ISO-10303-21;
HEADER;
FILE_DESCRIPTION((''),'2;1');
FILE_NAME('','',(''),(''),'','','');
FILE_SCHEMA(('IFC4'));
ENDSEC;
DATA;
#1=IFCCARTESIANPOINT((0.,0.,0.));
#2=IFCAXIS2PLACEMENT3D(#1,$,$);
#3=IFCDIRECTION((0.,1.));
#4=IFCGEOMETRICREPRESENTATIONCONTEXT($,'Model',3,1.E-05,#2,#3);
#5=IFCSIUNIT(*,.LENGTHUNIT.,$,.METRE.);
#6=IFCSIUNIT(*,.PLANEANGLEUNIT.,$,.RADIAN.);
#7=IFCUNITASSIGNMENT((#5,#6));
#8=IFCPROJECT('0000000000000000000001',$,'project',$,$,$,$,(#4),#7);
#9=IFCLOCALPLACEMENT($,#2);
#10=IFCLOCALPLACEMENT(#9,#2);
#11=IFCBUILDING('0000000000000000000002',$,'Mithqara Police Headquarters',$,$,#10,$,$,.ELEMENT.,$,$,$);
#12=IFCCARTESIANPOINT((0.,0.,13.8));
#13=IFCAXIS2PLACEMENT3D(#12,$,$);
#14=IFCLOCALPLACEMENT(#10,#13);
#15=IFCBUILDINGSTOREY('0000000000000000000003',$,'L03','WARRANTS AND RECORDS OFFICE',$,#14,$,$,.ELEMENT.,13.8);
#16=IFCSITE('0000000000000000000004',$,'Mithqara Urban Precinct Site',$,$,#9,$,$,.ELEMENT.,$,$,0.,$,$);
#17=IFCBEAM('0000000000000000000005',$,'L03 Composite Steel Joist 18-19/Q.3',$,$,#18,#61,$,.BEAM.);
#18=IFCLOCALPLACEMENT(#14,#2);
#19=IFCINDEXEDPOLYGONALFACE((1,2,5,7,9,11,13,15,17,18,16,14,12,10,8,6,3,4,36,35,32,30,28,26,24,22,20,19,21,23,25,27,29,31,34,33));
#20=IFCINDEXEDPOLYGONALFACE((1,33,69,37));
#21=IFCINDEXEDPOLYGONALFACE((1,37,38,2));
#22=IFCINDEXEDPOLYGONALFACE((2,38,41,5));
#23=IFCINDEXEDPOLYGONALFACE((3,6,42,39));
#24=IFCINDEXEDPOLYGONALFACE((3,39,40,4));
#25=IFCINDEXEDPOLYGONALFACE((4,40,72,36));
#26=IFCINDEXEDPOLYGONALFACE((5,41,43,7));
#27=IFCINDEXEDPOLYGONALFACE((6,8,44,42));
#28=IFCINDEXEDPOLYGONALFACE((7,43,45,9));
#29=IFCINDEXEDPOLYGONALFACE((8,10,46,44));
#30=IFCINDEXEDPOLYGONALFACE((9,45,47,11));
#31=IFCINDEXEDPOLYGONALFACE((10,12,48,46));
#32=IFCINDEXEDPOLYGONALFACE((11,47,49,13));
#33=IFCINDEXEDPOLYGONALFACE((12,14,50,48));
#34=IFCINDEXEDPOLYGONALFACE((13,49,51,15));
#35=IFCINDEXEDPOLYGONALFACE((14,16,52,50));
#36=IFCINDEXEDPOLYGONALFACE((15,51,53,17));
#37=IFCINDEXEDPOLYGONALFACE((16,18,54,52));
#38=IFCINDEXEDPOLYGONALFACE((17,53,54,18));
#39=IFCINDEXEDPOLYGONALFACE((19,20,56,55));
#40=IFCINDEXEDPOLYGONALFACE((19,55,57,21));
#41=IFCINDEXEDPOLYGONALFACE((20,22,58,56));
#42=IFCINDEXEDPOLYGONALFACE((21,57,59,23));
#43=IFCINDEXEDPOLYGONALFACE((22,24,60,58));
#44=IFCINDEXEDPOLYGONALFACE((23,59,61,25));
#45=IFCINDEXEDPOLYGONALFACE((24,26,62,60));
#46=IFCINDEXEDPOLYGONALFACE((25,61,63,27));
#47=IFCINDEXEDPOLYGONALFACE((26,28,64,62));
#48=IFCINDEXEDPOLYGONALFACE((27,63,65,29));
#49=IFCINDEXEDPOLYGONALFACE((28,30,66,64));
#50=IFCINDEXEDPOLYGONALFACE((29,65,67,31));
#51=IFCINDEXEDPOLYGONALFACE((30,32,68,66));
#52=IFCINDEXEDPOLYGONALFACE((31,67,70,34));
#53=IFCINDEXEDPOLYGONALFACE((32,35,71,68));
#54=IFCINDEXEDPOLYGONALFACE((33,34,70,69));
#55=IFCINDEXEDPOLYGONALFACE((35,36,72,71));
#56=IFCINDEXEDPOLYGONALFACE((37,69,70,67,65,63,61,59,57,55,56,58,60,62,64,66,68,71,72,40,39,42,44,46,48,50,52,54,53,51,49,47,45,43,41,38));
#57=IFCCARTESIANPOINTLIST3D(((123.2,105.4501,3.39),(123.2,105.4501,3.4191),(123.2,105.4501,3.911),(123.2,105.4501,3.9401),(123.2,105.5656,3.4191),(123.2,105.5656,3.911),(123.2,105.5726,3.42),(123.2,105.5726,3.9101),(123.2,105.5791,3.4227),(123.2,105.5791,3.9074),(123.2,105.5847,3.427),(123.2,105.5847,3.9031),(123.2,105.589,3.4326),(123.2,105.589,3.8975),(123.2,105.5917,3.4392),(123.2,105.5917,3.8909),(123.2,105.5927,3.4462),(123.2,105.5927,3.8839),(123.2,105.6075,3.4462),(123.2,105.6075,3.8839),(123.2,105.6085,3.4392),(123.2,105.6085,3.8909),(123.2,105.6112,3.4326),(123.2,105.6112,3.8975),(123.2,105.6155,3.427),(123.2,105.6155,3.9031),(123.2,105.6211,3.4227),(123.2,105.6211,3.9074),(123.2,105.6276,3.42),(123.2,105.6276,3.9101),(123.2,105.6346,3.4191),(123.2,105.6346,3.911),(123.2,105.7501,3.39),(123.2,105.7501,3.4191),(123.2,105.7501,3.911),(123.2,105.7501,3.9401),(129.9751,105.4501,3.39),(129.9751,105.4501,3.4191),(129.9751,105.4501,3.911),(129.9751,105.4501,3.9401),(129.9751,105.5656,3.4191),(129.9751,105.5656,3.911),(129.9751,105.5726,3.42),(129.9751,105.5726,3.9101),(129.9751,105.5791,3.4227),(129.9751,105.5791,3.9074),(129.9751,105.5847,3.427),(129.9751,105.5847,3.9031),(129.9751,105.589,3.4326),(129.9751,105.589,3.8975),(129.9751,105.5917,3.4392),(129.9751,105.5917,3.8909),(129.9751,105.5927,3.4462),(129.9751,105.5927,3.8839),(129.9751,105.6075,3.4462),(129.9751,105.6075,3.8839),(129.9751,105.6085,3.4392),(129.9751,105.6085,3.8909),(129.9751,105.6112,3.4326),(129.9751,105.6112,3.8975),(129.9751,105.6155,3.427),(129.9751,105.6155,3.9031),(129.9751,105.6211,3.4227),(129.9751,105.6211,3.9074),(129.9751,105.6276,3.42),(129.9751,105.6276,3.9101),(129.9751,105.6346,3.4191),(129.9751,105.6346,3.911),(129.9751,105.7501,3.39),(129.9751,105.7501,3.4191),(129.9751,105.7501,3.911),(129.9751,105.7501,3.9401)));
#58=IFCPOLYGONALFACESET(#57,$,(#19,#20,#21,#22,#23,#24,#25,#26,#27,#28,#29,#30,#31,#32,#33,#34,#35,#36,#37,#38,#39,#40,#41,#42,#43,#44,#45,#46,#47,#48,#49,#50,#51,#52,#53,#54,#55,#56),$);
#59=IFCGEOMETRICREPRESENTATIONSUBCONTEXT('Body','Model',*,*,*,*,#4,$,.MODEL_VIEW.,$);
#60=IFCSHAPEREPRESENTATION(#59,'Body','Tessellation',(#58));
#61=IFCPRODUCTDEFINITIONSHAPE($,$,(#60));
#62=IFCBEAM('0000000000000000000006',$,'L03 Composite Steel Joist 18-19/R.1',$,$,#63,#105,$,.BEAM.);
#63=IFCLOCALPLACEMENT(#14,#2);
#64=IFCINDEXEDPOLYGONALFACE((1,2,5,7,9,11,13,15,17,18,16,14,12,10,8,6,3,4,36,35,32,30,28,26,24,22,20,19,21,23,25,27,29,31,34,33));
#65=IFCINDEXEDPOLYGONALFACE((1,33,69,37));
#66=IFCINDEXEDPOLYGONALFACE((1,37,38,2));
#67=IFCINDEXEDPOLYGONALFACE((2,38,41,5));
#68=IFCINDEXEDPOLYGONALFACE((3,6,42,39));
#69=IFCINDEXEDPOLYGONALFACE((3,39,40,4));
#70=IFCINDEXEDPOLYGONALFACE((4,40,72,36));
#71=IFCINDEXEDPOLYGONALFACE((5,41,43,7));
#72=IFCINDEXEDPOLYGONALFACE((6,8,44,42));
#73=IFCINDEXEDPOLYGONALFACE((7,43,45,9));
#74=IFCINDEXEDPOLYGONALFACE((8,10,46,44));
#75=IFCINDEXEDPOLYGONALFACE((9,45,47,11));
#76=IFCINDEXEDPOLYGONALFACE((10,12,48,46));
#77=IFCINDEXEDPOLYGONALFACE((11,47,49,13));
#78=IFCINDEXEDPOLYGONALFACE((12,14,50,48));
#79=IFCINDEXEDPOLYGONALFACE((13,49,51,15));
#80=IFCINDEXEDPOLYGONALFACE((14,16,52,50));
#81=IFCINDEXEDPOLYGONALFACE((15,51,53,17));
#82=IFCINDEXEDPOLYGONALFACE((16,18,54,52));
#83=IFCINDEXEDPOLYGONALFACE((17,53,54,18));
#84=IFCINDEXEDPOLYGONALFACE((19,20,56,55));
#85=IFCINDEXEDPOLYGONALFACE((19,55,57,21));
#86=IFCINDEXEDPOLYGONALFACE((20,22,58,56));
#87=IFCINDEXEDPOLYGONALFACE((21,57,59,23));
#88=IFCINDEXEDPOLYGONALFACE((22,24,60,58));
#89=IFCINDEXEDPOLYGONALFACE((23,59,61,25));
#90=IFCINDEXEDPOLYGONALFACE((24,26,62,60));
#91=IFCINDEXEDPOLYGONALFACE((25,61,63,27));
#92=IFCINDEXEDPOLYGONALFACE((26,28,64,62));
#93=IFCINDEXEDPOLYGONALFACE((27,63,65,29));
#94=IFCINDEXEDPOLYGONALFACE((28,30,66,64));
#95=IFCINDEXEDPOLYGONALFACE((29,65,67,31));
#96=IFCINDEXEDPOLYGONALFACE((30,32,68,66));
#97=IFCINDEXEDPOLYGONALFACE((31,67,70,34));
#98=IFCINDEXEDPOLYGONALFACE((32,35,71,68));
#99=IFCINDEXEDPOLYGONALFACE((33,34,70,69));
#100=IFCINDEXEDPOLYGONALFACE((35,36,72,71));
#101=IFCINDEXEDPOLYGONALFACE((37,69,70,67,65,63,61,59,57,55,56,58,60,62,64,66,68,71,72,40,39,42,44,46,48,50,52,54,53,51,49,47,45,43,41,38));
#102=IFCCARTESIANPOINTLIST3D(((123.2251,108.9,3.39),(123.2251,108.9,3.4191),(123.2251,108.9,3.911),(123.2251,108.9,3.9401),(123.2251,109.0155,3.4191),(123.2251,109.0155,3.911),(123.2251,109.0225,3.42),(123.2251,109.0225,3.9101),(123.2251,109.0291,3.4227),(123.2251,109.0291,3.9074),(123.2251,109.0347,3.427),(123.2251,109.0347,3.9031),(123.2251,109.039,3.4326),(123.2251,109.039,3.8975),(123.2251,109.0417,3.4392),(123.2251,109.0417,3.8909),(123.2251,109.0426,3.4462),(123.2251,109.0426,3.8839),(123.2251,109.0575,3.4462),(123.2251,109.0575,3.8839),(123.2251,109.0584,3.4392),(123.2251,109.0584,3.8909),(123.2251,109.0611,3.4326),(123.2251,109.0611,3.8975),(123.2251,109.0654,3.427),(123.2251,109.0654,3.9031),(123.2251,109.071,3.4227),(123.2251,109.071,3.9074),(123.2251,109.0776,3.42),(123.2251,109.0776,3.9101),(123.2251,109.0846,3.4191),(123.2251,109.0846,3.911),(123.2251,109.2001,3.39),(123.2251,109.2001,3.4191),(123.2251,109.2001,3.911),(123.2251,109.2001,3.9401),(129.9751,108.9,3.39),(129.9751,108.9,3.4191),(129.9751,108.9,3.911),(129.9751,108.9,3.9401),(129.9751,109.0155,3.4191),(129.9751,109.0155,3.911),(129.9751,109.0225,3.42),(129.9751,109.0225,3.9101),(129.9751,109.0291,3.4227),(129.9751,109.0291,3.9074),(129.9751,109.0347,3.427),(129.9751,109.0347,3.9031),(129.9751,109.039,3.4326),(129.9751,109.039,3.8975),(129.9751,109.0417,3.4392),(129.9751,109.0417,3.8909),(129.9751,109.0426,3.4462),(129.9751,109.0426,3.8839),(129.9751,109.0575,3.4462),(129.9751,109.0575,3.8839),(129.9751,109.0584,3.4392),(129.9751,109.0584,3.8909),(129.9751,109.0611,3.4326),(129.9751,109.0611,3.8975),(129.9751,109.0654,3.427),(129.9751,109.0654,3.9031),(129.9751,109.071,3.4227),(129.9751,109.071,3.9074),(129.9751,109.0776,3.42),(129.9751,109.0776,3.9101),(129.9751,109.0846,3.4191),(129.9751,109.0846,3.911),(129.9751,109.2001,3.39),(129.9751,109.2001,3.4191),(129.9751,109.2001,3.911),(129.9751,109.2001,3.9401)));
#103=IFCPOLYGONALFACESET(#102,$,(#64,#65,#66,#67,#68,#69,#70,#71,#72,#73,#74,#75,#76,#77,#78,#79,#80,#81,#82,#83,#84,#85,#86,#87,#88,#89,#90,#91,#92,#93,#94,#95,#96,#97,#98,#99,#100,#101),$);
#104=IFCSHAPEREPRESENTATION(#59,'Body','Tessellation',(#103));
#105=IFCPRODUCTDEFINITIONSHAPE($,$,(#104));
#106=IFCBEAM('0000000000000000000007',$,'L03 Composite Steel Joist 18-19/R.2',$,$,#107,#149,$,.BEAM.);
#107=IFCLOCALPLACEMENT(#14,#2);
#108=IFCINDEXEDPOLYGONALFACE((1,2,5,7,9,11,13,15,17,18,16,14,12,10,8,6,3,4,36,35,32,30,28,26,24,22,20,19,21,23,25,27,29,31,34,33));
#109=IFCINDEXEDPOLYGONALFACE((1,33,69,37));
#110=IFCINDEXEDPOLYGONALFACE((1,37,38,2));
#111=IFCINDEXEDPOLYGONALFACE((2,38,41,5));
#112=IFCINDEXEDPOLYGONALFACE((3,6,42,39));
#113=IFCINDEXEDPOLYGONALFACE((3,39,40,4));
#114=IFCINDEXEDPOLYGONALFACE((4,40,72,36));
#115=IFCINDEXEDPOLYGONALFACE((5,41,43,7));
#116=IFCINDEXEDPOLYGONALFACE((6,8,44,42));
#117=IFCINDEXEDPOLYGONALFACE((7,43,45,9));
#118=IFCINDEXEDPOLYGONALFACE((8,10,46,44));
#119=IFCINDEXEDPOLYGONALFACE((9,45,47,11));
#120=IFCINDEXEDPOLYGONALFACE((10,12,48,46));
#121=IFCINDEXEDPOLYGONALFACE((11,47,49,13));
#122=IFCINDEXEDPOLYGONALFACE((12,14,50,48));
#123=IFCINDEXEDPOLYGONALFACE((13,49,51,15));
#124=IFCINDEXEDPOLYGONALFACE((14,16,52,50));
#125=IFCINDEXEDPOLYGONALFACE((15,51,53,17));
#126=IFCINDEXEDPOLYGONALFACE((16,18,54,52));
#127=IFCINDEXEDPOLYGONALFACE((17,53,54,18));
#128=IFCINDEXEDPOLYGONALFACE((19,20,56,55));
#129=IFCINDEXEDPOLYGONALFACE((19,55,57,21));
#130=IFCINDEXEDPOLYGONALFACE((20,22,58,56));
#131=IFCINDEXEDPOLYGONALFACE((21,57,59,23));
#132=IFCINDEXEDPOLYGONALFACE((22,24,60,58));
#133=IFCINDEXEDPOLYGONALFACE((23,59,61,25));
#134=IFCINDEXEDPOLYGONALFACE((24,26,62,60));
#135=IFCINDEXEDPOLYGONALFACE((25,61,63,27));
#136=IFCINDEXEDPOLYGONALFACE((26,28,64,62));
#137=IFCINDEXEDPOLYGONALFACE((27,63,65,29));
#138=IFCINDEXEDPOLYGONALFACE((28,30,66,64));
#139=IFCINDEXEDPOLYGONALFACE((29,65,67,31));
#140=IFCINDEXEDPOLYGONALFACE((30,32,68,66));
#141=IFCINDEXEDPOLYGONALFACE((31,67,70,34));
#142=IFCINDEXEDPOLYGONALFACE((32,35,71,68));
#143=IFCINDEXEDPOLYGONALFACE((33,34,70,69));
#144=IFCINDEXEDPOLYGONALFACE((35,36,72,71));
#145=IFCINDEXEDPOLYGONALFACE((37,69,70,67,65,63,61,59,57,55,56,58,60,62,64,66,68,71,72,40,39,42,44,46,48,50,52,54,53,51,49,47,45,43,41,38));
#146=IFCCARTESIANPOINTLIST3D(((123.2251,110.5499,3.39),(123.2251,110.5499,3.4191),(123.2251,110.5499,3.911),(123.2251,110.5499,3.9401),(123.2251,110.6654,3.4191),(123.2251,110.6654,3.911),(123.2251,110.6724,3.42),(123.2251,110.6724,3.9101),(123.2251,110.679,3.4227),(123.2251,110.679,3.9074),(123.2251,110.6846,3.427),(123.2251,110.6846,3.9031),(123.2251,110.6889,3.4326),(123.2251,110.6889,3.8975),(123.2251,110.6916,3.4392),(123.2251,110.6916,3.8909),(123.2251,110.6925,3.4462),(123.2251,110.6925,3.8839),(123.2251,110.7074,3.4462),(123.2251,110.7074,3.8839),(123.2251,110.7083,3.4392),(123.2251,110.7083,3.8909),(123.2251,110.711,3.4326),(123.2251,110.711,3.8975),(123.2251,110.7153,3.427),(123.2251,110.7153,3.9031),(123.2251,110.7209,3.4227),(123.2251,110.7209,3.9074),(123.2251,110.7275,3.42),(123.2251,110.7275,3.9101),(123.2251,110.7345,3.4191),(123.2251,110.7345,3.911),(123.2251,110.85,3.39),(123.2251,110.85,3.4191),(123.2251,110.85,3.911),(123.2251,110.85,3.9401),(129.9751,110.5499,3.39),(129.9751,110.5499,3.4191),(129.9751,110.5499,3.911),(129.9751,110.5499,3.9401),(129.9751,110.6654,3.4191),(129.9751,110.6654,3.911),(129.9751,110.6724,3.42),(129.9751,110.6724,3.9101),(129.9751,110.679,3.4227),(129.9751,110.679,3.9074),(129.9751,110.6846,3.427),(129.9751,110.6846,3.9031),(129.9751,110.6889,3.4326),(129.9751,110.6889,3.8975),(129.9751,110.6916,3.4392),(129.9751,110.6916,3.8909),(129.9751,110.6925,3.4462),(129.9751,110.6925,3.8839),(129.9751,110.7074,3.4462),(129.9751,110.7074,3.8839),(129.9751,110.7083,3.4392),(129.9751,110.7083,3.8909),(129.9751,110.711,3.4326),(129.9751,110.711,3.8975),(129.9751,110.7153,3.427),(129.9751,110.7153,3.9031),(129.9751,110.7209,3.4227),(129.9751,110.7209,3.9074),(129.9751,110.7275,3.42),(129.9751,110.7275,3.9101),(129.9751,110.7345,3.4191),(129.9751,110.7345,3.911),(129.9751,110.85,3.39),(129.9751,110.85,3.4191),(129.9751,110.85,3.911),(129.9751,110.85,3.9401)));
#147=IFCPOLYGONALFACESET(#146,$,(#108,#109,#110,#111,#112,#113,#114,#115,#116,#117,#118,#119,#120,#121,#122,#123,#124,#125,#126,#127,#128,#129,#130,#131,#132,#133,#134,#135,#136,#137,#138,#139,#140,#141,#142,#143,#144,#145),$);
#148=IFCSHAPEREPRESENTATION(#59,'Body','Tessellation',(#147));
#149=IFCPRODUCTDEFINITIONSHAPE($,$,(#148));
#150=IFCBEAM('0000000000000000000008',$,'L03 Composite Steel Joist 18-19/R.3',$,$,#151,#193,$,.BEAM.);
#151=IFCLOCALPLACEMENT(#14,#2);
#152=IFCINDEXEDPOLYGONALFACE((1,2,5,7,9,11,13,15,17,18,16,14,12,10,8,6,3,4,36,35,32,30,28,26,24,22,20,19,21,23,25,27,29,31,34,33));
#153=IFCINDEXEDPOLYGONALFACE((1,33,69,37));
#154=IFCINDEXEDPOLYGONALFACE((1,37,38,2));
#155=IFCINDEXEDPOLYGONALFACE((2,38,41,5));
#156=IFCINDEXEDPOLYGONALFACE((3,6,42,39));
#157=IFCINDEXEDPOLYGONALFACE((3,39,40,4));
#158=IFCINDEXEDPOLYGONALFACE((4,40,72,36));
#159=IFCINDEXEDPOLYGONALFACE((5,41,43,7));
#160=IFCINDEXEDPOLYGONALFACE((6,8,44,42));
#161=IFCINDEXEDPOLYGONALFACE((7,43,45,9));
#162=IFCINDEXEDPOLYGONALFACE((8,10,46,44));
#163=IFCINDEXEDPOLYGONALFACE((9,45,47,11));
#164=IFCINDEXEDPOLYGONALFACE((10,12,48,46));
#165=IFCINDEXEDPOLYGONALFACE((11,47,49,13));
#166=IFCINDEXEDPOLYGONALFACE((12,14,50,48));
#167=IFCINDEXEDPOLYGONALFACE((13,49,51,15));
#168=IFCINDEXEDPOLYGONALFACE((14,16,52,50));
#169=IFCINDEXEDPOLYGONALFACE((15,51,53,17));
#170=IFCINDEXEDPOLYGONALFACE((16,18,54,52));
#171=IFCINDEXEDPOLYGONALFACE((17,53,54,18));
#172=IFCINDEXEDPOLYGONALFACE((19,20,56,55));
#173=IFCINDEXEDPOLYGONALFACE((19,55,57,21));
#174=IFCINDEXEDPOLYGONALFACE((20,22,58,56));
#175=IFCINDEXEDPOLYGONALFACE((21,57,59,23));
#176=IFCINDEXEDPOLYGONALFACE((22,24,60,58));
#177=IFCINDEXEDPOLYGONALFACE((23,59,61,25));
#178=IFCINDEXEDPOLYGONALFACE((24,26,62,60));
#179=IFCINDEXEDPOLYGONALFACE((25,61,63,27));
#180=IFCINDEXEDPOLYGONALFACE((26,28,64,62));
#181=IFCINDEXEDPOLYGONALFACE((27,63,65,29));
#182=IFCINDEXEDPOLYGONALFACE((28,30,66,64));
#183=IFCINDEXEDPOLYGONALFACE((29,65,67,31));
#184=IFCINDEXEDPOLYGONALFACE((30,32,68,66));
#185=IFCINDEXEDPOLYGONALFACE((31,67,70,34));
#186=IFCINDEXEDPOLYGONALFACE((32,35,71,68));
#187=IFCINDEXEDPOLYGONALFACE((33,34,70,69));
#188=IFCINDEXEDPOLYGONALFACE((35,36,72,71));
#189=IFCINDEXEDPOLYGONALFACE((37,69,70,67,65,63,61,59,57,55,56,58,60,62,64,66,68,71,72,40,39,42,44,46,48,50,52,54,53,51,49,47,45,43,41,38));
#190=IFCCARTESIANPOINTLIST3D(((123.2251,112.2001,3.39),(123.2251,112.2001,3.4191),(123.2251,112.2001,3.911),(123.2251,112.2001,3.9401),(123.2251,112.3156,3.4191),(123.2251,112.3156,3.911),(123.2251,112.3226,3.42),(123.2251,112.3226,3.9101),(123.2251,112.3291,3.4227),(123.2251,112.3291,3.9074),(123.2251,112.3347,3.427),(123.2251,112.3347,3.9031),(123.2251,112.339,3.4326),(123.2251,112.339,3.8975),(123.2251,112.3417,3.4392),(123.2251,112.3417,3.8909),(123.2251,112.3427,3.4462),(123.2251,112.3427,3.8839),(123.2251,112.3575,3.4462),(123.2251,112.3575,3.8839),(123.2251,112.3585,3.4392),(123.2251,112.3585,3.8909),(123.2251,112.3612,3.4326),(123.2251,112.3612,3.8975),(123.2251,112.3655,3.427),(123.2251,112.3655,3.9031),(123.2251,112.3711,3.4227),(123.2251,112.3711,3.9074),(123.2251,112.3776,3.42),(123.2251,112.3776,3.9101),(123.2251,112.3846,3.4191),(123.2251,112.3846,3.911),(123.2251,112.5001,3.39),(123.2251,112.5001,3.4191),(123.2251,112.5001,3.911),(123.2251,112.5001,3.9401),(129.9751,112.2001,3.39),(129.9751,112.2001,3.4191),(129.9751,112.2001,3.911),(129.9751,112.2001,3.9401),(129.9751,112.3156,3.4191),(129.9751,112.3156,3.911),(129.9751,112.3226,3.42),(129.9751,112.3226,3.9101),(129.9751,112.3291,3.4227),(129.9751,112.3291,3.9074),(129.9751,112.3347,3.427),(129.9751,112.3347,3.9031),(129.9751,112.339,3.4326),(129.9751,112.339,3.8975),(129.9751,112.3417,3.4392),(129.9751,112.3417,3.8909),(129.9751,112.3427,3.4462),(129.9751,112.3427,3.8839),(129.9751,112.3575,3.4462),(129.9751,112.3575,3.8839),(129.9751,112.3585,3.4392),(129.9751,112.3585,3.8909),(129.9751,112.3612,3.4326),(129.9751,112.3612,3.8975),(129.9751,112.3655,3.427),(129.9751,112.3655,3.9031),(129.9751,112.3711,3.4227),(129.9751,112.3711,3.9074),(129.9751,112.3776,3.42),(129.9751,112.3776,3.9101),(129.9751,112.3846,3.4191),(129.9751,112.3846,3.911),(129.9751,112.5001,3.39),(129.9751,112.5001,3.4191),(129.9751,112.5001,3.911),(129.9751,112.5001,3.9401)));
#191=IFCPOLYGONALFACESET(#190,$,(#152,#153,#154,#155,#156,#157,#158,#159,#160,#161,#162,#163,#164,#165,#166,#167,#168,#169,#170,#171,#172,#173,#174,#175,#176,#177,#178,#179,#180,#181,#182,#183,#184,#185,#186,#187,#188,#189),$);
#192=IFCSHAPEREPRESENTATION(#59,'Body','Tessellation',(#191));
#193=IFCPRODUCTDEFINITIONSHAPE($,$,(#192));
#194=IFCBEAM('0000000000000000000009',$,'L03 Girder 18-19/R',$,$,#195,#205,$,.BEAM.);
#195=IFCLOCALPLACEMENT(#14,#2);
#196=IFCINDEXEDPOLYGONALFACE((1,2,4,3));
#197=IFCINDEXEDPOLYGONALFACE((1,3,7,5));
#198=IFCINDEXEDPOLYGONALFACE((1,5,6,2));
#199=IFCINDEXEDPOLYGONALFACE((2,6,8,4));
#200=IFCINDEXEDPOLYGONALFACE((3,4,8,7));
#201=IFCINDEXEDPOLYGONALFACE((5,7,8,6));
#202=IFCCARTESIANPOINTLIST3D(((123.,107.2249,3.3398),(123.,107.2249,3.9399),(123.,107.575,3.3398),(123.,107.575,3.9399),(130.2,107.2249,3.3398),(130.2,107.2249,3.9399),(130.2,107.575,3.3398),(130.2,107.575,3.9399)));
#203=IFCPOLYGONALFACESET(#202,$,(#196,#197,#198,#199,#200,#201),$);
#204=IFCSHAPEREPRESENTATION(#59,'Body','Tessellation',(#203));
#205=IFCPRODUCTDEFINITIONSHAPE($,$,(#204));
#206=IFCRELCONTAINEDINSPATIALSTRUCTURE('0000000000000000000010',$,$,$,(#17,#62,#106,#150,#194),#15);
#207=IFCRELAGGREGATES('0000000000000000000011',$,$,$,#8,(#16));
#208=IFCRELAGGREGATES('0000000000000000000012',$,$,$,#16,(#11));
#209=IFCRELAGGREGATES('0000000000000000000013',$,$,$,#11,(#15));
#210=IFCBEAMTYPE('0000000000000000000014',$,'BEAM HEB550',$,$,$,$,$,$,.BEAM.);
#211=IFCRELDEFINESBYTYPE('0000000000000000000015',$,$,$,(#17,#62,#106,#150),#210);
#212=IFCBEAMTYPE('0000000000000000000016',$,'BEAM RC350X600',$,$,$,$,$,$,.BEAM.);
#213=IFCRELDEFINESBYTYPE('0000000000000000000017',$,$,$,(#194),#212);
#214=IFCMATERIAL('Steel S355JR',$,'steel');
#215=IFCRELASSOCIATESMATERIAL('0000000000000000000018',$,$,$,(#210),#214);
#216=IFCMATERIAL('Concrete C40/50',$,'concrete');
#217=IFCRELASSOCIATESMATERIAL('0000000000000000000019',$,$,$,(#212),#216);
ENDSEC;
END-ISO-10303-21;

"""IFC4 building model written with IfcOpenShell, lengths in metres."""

from ifc_helpers import new_model, si_unit, direction, frame, origin, origin_2d, place, context, subcontext, project, spatial, rectangle, i_section, extrude, material, material_profile, profile_set, type_object, element, save


model = new_model("IFC4")

# Units and contexts
model_context = context("Model", 3, precision=1e-05, world=origin(), true_north=direction((0.0, 1.0)))
body_context = subcontext(model_context, "Body", "Model", "MODEL_VIEW")
ifc_project = project(units=[si_unit("LENGTHUNIT", "METRE"), si_unit("PLANEANGLEUNIT", "RADIAN")], contexts=[model_context])

# Site, building, storey
site_placement = place(None, origin())
site = spatial("IfcSite", under=ifc_project, at=site_placement, Name="Mithqara Urban Precinct Site", CompositionType="ELEMENT", RefElevation=0.0)
building_placement = place(site_placement, origin())
building = spatial("IfcBuilding", under=site, at=building_placement, Name="Mithqara Police Headquarters", CompositionType="ELEMENT")
storey_placement = place(building_placement, frame((0.0, 0.0, 13.8)))
storey = spatial("IfcBuildingStorey", under=building, at=storey_placement, Name="L03", Description="WARRANTS AND RECORDS OFFICE", CompositionType="ELEMENT", Elevation=13.8)

# Beams
ifc_material_1 = material(Name="Steel S355JR", Category="steel")
ifc_material_profile_1 = material_profile(ifc_material_1, i_section(OverallWidth=0.3, OverallDepth=0.55, WebThickness=0.0149, FlangeThickness=0.0291, FilletRadius=0.0271, at=origin_2d()), Name="HEB 550")
ifc_profile_set_1 = profile_set([ifc_material_profile_1], Name="Steel S355JR")
beam_type_1 = type_object("IfcBeamType", Name="BEAM HEB550", PredefinedType="BEAM", material=ifc_profile_set_1)
for number, where, z_axis, x_axis, name in (
    (1, (123.2, 105.6001, 3.665), (1.0, 0.0, 0.0), (0.0, 1.0, 0.0), "L03 Composite Steel Joist 18-19/Q.3"),
):
    element("IfcBeam", number, at=place(storey_placement, frame(where, z_axis=z_axis, x_axis=x_axis)), inside=storey, type_object=beam_type_1, Name=name, PredefinedType="BEAM", context=body_context, shape_type="SweptSolid", body=[
        extrude(i_section(OverallWidth=0.3, OverallDepth=0.55, WebThickness=0.0149, FlangeThickness=0.0291, FilletRadius=0.0271, at=origin_2d()), origin(), (0.0, 0.0, 1.0), 6.7751),
    ])
for number, where, z_axis, x_axis, name in (
    (2, (123.2251, 109.05, 3.665), (1.0, 0.0, 0.0), (0.0, 1.0, 0.0), "L03 Composite Steel Joist 18-19/R.1"),
    (3, (123.2251, 110.7, 3.665), (1.0, 0.0, 0.0), (0.0, 1.0, 0.0), "L03 Composite Steel Joist 18-19/R.2"),
    (4, (123.2251, 112.3501, 3.665), (1.0, 0.0, 0.0), (0.0, 1.0, 0.0), "L03 Composite Steel Joist 18-19/R.3"),
):
    element("IfcBeam", number, at=place(storey_placement, frame(where, z_axis=z_axis, x_axis=x_axis)), inside=storey, type_object=beam_type_1, Name=name, PredefinedType="BEAM", context=body_context, shape_type="SweptSolid", body=[
        extrude(i_section(OverallWidth=0.3, OverallDepth=0.55, WebThickness=0.0149, FlangeThickness=0.0291, FilletRadius=0.0271, at=origin_2d()), origin(), (0.0, 0.0, 1.0), 6.75),
    ])
ifc_material_2 = material(Name="Concrete C40/50", Category="concrete")
ifc_material_profile_2 = material_profile(ifc_material_2, rectangle(XDim=0.3501, YDim=0.6001, at=origin_2d()), Name="RC 350x600")
ifc_profile_set_2 = profile_set([ifc_material_profile_2], Name="Concrete C40/50")
beam_type_2 = type_object("IfcBeamType", Name="BEAM RC350X600", PredefinedType="BEAM", material=ifc_profile_set_2)
beam_1_placement = place(storey_placement, frame((123.0, 107.3999, 3.6399), z_axis=(1.0, 0.0, 0.0), x_axis=(0.0, 1.0, 0.0)))
element("IfcBeam", 5, at=beam_1_placement, inside=storey, type_object=beam_type_2, Name="L03 Girder 18-19/R", PredefinedType="BEAM", context=body_context, shape_type="SweptSolid", body=[
    extrude(rectangle(XDim=0.3501, YDim=0.6001, at=origin_2d()), origin(), (0.0, 0.0, 1.0), 7.2),
])

save(model, "model.ifc")
